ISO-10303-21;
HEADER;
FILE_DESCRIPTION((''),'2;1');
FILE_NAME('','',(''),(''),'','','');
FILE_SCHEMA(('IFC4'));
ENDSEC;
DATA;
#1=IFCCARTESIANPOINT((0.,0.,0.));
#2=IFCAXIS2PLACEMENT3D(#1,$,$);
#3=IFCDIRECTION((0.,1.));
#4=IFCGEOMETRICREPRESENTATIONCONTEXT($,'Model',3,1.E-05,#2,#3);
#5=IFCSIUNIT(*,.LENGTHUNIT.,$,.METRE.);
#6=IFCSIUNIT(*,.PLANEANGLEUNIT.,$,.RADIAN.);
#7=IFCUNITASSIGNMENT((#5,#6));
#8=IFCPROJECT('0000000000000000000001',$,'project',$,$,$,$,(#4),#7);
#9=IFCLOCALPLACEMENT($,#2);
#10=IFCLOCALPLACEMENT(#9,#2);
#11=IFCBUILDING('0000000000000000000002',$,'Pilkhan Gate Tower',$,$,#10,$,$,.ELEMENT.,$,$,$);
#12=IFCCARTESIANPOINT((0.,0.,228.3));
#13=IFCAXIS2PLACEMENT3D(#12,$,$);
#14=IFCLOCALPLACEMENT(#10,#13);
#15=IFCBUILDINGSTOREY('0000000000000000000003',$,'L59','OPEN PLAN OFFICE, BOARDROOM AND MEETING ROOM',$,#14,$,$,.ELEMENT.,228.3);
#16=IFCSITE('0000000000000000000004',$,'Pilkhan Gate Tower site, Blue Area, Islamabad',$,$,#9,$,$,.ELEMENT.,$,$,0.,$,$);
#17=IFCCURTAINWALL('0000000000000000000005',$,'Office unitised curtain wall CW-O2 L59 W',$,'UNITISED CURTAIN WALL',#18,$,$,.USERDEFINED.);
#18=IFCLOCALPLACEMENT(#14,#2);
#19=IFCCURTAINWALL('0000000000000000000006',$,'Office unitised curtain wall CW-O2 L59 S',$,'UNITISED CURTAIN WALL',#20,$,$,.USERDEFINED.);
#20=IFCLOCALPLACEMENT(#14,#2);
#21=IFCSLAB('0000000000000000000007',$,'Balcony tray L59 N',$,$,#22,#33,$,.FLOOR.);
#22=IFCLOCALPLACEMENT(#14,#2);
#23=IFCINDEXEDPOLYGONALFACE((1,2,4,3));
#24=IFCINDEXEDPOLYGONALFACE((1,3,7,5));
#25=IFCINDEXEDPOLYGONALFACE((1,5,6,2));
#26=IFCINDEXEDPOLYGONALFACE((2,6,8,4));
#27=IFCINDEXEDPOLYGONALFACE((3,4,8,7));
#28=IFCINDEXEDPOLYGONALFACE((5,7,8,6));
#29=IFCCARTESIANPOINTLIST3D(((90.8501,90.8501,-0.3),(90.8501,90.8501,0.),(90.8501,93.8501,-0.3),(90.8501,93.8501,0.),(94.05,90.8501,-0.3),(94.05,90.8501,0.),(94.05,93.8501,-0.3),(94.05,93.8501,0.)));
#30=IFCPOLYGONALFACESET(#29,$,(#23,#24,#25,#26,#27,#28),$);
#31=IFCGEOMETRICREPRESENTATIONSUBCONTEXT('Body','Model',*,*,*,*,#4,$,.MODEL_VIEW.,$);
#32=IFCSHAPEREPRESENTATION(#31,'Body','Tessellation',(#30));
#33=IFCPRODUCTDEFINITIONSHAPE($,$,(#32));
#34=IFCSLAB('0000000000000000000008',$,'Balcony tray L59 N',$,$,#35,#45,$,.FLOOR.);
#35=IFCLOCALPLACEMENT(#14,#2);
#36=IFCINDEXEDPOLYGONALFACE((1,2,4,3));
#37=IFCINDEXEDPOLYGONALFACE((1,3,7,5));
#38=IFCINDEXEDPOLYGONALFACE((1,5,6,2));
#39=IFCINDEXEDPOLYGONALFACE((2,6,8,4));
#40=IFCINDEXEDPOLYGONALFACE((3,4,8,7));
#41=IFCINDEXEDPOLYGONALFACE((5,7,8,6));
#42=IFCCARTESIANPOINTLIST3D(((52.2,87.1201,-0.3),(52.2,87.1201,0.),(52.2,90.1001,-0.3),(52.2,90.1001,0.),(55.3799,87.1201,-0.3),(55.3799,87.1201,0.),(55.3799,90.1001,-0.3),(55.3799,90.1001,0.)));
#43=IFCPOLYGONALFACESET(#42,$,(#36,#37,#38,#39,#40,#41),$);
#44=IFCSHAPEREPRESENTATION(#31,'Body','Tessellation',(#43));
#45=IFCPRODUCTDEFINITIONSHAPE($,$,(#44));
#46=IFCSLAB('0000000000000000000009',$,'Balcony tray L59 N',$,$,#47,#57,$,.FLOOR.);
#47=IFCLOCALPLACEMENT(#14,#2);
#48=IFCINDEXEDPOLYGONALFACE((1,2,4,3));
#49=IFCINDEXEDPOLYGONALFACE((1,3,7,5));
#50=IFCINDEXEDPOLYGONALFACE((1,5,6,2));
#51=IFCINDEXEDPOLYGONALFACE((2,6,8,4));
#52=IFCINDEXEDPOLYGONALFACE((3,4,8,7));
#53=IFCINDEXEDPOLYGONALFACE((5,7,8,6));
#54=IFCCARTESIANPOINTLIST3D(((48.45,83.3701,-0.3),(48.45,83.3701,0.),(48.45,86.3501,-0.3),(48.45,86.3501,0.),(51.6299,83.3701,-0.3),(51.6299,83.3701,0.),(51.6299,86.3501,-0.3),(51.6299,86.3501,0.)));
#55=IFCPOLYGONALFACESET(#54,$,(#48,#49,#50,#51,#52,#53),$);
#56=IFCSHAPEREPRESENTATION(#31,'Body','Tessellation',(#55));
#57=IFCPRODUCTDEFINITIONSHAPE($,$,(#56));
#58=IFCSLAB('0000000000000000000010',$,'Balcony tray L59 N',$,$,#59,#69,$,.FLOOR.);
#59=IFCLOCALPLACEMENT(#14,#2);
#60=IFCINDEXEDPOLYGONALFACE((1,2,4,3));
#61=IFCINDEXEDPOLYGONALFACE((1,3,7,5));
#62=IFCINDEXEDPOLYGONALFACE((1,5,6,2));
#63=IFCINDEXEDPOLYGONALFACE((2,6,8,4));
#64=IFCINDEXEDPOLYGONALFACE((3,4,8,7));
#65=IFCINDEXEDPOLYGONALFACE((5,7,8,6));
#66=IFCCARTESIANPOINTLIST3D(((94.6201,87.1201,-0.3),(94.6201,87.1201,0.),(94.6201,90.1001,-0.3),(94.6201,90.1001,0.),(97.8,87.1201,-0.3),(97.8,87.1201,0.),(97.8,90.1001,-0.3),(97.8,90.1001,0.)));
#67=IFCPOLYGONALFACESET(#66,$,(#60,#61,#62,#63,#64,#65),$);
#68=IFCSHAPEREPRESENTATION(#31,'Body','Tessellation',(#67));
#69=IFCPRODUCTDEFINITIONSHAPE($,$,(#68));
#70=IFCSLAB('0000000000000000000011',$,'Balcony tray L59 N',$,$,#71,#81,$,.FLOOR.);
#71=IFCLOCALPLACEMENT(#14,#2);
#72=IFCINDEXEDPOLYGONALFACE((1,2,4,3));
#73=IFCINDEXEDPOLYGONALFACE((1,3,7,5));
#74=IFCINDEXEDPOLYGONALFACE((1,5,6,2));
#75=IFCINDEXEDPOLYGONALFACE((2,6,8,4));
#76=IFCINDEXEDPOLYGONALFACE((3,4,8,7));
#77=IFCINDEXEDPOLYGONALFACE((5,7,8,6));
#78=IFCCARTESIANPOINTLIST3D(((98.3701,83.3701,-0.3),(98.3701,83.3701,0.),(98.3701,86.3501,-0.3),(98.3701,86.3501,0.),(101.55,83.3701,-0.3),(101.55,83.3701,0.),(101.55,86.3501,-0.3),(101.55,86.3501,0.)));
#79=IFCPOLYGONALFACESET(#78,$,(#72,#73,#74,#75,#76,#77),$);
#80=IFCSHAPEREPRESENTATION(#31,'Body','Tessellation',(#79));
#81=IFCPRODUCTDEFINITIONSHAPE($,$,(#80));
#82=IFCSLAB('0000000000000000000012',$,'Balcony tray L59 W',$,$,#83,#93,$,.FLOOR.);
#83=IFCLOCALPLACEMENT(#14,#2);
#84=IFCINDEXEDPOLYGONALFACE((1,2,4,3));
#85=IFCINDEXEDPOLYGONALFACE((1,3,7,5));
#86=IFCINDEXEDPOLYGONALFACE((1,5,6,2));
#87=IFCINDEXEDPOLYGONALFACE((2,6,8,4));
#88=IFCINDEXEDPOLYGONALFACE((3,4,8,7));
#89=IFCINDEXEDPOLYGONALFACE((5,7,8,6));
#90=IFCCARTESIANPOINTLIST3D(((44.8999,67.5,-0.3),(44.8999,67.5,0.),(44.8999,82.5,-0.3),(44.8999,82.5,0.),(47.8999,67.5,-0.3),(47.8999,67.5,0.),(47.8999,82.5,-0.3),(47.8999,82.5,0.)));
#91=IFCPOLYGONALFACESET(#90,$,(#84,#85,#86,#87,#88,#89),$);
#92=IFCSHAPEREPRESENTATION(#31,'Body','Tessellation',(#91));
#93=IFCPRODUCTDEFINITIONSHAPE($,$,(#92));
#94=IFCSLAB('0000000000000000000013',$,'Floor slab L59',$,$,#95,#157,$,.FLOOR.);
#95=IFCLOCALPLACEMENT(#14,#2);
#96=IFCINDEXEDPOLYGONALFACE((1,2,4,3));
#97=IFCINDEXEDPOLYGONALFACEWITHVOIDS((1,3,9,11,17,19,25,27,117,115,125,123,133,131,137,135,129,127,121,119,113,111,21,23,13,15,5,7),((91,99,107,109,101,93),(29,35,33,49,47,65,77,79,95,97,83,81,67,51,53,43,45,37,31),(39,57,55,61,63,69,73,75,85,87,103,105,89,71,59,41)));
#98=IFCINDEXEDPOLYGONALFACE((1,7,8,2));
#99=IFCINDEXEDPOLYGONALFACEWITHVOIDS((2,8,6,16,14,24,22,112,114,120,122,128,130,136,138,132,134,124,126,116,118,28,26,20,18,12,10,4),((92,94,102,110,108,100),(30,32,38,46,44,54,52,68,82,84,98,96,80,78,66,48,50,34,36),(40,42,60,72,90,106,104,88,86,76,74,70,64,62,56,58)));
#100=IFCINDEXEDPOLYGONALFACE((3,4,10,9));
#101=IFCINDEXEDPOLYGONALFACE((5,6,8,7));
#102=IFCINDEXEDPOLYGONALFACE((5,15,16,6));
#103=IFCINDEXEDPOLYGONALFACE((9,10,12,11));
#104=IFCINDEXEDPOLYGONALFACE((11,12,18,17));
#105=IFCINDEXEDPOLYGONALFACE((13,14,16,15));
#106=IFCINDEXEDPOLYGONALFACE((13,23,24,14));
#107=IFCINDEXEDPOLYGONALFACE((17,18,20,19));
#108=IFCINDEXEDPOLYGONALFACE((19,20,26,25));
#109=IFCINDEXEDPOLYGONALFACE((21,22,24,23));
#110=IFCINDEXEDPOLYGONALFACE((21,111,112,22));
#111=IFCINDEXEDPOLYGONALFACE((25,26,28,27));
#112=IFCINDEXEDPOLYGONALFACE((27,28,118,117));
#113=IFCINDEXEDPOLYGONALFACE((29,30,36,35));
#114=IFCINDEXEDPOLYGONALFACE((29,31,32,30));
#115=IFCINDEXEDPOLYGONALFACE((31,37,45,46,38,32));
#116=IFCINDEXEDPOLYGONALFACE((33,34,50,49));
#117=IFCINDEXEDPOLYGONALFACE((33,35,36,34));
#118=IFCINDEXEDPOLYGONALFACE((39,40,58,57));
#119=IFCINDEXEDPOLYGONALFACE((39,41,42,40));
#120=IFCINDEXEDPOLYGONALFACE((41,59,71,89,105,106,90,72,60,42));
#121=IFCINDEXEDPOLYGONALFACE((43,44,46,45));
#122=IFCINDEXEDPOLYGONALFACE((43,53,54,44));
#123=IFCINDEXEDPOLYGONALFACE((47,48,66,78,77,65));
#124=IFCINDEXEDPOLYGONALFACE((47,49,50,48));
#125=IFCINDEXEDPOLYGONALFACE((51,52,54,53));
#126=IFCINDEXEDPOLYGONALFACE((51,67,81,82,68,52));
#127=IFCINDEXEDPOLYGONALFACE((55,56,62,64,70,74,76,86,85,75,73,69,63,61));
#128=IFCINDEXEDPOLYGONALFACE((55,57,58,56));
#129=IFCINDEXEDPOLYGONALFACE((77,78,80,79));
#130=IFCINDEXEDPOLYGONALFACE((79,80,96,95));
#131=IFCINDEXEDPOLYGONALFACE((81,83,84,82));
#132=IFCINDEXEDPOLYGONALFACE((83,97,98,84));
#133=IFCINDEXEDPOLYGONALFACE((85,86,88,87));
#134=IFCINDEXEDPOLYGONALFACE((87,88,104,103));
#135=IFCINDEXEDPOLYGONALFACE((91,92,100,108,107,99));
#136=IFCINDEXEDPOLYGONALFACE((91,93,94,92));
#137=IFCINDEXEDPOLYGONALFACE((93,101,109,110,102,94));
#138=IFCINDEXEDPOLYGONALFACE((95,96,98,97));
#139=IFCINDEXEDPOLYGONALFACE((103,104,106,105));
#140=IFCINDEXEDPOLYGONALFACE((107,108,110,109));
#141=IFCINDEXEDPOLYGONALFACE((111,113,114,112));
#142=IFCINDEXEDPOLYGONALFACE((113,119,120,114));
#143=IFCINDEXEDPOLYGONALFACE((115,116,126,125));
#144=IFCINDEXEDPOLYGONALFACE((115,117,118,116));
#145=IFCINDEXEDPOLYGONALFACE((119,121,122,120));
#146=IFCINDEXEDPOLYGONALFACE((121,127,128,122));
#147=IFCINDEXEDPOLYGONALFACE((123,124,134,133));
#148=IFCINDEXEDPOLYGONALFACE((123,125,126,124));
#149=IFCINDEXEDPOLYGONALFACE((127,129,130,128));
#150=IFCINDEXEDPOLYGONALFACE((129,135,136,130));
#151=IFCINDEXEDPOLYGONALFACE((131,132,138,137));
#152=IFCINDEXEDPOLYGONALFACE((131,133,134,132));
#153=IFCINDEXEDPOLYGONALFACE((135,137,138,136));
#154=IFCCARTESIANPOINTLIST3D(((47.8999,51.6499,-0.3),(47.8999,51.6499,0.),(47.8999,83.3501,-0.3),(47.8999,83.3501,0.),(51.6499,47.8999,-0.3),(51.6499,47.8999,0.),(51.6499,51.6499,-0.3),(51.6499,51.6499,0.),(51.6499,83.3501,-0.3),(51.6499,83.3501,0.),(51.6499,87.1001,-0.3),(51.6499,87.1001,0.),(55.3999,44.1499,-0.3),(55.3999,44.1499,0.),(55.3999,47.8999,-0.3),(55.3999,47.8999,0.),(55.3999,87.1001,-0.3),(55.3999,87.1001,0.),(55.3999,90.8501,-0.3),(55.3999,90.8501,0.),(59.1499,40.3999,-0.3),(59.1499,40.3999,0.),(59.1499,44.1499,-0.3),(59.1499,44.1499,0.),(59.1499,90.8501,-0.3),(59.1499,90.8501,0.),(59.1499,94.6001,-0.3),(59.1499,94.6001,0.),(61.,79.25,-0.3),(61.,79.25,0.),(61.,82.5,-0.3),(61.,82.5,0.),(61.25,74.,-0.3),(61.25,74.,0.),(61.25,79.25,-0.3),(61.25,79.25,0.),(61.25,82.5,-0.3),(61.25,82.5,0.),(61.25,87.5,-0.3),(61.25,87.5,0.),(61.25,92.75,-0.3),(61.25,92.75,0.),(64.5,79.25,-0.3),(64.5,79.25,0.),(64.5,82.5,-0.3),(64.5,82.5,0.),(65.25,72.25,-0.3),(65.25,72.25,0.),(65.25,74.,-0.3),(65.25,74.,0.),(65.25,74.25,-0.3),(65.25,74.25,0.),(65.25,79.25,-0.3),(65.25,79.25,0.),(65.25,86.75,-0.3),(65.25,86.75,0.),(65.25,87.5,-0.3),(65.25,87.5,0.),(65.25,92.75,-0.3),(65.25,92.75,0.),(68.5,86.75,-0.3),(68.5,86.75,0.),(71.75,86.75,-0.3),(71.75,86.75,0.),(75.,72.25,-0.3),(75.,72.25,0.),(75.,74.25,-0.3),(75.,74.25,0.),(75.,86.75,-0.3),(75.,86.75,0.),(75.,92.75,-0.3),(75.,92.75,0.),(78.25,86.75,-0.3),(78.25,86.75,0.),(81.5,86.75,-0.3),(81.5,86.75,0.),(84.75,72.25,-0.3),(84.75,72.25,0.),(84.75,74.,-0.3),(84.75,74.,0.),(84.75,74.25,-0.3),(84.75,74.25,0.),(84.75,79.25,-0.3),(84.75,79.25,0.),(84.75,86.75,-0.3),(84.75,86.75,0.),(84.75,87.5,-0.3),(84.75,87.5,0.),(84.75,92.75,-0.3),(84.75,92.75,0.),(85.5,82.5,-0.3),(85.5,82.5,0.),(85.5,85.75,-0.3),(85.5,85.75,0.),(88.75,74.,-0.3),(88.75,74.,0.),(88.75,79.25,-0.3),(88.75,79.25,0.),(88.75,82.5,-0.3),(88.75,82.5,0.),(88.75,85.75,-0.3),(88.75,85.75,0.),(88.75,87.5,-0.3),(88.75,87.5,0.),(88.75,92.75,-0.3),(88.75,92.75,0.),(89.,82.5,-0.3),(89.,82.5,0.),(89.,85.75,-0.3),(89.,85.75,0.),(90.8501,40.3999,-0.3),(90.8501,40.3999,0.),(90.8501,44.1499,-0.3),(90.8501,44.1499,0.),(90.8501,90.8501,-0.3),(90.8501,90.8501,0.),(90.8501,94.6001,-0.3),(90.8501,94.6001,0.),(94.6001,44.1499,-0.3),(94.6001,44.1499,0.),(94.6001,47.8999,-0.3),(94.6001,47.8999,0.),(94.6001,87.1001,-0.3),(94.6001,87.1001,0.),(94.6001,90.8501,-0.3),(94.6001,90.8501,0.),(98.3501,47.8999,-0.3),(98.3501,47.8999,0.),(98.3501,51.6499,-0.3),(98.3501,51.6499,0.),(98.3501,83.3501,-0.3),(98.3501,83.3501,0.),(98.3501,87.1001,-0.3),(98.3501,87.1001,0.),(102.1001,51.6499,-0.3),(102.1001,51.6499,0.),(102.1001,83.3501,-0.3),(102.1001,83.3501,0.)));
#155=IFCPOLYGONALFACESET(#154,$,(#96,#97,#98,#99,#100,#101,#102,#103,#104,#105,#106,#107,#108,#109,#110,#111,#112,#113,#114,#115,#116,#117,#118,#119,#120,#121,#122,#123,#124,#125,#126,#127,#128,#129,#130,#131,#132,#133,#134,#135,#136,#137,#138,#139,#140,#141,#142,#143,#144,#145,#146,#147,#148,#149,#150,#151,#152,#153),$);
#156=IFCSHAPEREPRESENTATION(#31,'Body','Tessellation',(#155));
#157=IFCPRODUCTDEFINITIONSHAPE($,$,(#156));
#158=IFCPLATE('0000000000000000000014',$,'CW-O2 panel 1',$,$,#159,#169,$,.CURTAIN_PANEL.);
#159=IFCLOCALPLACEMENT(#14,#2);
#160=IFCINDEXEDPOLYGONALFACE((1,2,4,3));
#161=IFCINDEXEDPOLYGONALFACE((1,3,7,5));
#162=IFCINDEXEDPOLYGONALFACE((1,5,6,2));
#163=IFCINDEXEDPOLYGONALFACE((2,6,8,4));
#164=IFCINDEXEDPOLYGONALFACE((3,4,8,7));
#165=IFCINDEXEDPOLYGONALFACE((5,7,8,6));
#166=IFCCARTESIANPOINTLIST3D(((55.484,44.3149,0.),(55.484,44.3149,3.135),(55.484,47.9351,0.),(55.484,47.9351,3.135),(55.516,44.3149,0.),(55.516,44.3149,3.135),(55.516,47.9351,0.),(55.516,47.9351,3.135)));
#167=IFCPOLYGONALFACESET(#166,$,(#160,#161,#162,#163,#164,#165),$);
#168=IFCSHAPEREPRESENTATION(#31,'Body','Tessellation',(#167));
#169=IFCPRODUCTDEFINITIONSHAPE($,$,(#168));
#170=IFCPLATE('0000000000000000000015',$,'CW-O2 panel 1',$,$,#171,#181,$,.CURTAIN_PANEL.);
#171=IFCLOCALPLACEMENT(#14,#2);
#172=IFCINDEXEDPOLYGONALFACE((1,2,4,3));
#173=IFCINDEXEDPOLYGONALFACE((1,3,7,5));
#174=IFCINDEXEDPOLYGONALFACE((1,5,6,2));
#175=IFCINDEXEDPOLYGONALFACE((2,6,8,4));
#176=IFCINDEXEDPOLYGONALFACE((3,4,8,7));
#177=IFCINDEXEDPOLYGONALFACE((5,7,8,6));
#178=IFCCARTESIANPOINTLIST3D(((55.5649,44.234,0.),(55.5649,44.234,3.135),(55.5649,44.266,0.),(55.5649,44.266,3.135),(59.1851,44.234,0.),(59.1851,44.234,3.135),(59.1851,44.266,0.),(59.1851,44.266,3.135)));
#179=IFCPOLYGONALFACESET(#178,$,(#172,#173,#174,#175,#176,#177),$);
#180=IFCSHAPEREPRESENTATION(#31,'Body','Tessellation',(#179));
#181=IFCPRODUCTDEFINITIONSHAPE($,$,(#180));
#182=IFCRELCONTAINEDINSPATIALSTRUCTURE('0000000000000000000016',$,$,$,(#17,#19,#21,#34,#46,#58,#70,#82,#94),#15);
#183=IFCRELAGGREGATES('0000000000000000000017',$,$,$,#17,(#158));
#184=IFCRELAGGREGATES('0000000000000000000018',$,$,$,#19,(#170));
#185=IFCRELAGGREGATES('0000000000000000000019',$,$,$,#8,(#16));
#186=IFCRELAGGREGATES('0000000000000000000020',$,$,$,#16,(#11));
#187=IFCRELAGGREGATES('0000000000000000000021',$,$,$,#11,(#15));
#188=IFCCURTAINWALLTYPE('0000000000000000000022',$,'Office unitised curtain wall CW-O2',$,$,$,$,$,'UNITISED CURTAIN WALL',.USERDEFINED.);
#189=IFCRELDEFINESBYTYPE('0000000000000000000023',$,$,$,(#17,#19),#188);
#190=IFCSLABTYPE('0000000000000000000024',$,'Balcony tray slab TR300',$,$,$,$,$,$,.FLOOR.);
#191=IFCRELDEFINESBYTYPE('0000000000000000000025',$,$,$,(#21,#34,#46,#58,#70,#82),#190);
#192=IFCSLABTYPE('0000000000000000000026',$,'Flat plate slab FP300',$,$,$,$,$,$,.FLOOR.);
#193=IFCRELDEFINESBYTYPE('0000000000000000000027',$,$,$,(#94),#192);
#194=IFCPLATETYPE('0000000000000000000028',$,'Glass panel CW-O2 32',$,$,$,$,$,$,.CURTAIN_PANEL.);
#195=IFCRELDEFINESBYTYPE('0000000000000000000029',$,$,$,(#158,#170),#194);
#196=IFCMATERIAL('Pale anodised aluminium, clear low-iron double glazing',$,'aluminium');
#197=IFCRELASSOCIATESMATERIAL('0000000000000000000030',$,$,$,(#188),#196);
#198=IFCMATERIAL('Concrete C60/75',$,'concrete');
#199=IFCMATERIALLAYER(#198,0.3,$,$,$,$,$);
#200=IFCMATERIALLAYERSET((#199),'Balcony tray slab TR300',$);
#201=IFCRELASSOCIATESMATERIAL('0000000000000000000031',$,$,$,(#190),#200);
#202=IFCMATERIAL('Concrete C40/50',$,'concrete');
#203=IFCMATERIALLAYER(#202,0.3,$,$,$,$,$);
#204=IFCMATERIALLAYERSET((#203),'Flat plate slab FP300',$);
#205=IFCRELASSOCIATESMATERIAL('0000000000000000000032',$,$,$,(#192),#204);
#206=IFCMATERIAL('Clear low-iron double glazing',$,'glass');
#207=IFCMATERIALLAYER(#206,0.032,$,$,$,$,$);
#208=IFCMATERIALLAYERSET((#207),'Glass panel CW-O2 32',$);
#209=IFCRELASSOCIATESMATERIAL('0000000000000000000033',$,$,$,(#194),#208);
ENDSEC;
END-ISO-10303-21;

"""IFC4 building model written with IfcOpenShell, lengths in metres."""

from ifc_helpers import new_model, si_unit, direction, frame, origin, origin_2d, place, context, subcontext, project, spatial, polyline, rectangle, outline, extrude, material, layer, layer_set, type_object, element, aggregate, save


model = new_model("IFC4")

# Units and contexts
model_context = context("Model", 3, precision=1e-05, world=origin(), true_north=direction((0.0, 1.0)))
body_context = subcontext(model_context, "Body", "Model", "MODEL_VIEW")
ifc_project = project(units=[si_unit("LENGTHUNIT", "METRE"), si_unit("PLANEANGLEUNIT", "RADIAN")], contexts=[model_context])

# Site, building, storey
site_placement = place(None, origin())
site = spatial("IfcSite", under=ifc_project, at=site_placement, Name="Pilkhan Gate Tower site, Blue Area, Islamabad", CompositionType="ELEMENT", RefElevation=0.0)
building_placement = place(site_placement, origin())
building = spatial("IfcBuilding", under=site, at=building_placement, Name="Pilkhan Gate Tower", CompositionType="ELEMENT")
storey_placement = place(building_placement, frame((0.0, 0.0, 228.3)))
storey = spatial("IfcBuildingStorey", under=building, at=storey_placement, Name="L59", Description="OPEN PLAN OFFICE, BOARDROOM AND MEETING ROOM", CompositionType="ELEMENT", Elevation=228.3)

# Curtain wall
ifc_material_1 = material(Name="Pale anodised aluminium, clear low-iron double glazing", Category="aluminium")
curtain_wall_type = type_object("IfcCurtainWallType", Name="Office unitised curtain wall CW-O2", ElementType="UNITISED CURTAIN WALL", PredefinedType="USERDEFINED", material=ifc_material_1)
curtain_wall_1_placement = place(storey_placement, origin())
curtain_wall_1 = element("IfcCurtainWall", 1, at=curtain_wall_1_placement, inside=storey, type_object=curtain_wall_type, Name="Office unitised curtain wall CW-O2 L59 W", ObjectType="UNITISED CURTAIN WALL", PredefinedType="USERDEFINED")

# Curtain wall
curtain_wall_2_placement = place(storey_placement, origin())
curtain_wall_2 = element("IfcCurtainWall", 2, at=curtain_wall_2_placement, inside=storey, type_object=curtain_wall_type, Name="Office unitised curtain wall CW-O2 L59 S", ObjectType="UNITISED CURTAIN WALL", PredefinedType="USERDEFINED")

# Slabs
ifc_material_2 = material(Name="Concrete C60/75", Category="concrete")
ifc_layer_1 = layer(ifc_material_2, 0.3)
ifc_layer_set_1 = layer_set([ifc_layer_1], Name="Balcony tray slab TR300")
slab_type_1 = type_object("IfcSlabType", Name="Balcony tray slab TR300", PredefinedType="FLOOR", material=ifc_layer_set_1)
slab_1_placement = place(storey_placement, frame((0.0, 0.0, -0.3)))
element("IfcSlab", 3, at=slab_1_placement, inside=storey, type_object=slab_type_1, Name="Balcony tray L59 N", PredefinedType="FLOOR", context=body_context, shape_type="SweptSolid", body=[
    extrude(outline(polyline([(94.05, 90.8501), (94.05, 93.8501), (90.8501, 93.8501), (90.8501, 90.8501), (94.05, 90.8501)])), origin(), (0.0, 0.0, 1.0), 0.3),
])
slab_2_placement = place(storey_placement, frame((0.0, 0.0, -0.3)))
element("IfcSlab", 4, at=slab_2_placement, inside=storey, type_object=slab_type_1, Name="Balcony tray L59 N", PredefinedType="FLOOR", context=body_context, shape_type="SweptSolid", body=[
    extrude(outline(polyline([(55.3799, 87.1201), (55.3799, 90.1001), (52.2, 90.1001), (52.2, 87.1201), (55.3799, 87.1201)])), origin(), (0.0, 0.0, 1.0), 0.3),
])
slab_3_placement = place(storey_placement, frame((0.0, 0.0, -0.3)))
element("IfcSlab", 5, at=slab_3_placement, inside=storey, type_object=slab_type_1, Name="Balcony tray L59 N", PredefinedType="FLOOR", context=body_context, shape_type="SweptSolid", body=[
    extrude(outline(polyline([(51.6299, 83.3701), (51.6299, 86.3501), (48.45, 86.3501), (48.45, 83.3701), (51.6299, 83.3701)])), origin(), (0.0, 0.0, 1.0), 0.3),
])
slab_4_placement = place(storey_placement, frame((0.0, 0.0, -0.3)))
element("IfcSlab", 6, at=slab_4_placement, inside=storey, type_object=slab_type_1, Name="Balcony tray L59 N", PredefinedType="FLOOR", context=body_context, shape_type="SweptSolid", body=[
    extrude(outline(polyline([(97.8, 87.1201), (97.8, 90.1001), (94.6201, 90.1001), (94.6201, 87.1201), (97.8, 87.1201)])), origin(), (0.0, 0.0, 1.0), 0.3),
])
slab_5_placement = place(storey_placement, frame((0.0, 0.0, -0.3)))
element("IfcSlab", 7, at=slab_5_placement, inside=storey, type_object=slab_type_1, Name="Balcony tray L59 N", PredefinedType="FLOOR", context=body_context, shape_type="SweptSolid", body=[
    extrude(outline(polyline([(101.55, 83.3701), (101.55, 86.3501), (98.3701, 86.3501), (98.3701, 83.3701), (101.55, 83.3701)])), origin(), (0.0, 0.0, 1.0), 0.3),
])
slab_6_placement = place(storey_placement, frame((0.0, 0.0, -0.3)))
element("IfcSlab", 8, at=slab_6_placement, inside=storey, type_object=slab_type_1, Name="Balcony tray L59 W", PredefinedType="FLOOR", context=body_context, shape_type="SweptSolid", body=[
    extrude(outline(polyline([(47.8999, 67.5), (47.8999, 82.5), (44.8999, 82.5), (44.8999, 67.5), (47.8999, 67.5)])), origin(), (0.0, 0.0, 1.0), 0.3),
])
ifc_material_3 = material(Name="Concrete C40/50", Category="concrete")
ifc_layer_2 = layer(ifc_material_3, 0.3)
ifc_layer_set_2 = layer_set([ifc_layer_2], Name="Flat plate slab FP300")
slab_type_2 = type_object("IfcSlabType", Name="Flat plate slab FP300", PredefinedType="FLOOR", material=ifc_layer_set_2)
slab_7_placement = place(storey_placement, frame((0.0, 0.0, -0.3)))
element("IfcSlab", 9, at=slab_7_placement, inside=storey, type_object=slab_type_2, Name="Floor slab L59", PredefinedType="FLOOR", context=body_context, shape_type="SweptSolid", body=[
    extrude(outline(polyline([(98.3501, 47.8999), (94.6001, 47.8999), (94.6001, 44.1499), (90.8501, 44.1499), (90.8501, 40.3999), (59.1499, 40.3999), (59.1499, 44.1499), (55.3999, 44.1499), (55.3999, 47.8999), (51.6499, 47.8999), (51.6499, 51.6499), (47.8999, 51.6499), (47.8999, 83.3501), (51.6499, 83.3501), (51.6499, 87.1001), (55.3999, 87.1001), (55.3999, 90.8501), (59.1499, 90.8501), (59.1499, 94.6001), (90.8501, 94.6001), (90.8501, 90.8501), (94.6001, 90.8501), (94.6001, 87.1001), (98.3501, 87.1001), (98.3501, 83.3501), (102.1001, 83.3501), (102.1001, 51.6499), (98.3501, 51.6499), (98.3501, 47.8999)]), holes=[polyline([(75.0, 72.25), (84.75, 72.25), (84.75, 74.0), (88.75, 74.0), (88.75, 79.25), (84.75, 79.25), (84.75, 74.25), (75.0, 74.25), (65.25, 74.25), (65.25, 79.25), (64.5, 79.25), (64.5, 82.5), (61.25, 82.5), (61.0, 82.5), (61.0, 79.25), (61.25, 79.25), (61.25, 74.0), (65.25, 74.0), (65.25, 72.25), (75.0, 72.25)]), polyline([(68.5, 86.75), (71.75, 86.75), (75.0, 86.75), (78.25, 86.75), (81.5, 86.75), (84.75, 86.75), (84.75, 87.5), (88.75, 87.5), (88.75, 92.75), (84.75, 92.75), (75.0, 92.75), (65.25, 92.75), (61.25, 92.75), (61.25, 87.5), (65.25, 87.5), (65.25, 86.75), (68.5, 86.75)]), polyline([(85.5, 85.75), (85.5, 82.5), (88.75, 82.5), (89.0, 82.5), (89.0, 85.75), (88.75, 85.75), (85.5, 85.75)])]), origin(), (0.0, 0.0, 1.0), 0.3),
])

# Plates
ifc_material_4 = material(Name="Clear low-iron double glazing", Category="glass")
ifc_layer_3 = layer(ifc_material_4, 0.032)
ifc_layer_set_3 = layer_set([ifc_layer_3], Name="Glass panel CW-O2 32")
plate_type = type_object("IfcPlateType", Name="Glass panel CW-O2 32", PredefinedType="CURTAIN_PANEL", material=ifc_layer_set_3)
plate_1_placement = place(storey_placement, frame((55.5, 46.125, 0.0), z_axis=(0.0, 0.0, 1.0), x_axis=(0.0, 1.0, 0.0)))
plate_1 = element("IfcPlate", 10, at=plate_1_placement, type_object=plate_type, Name="CW-O2 panel 1", PredefinedType="CURTAIN_PANEL", context=body_context, shape_type="SweptSolid", body=[
    extrude(rectangle(XDim=3.6201, YDim=0.032, at=origin_2d()), origin(), (0.0, 0.0, 1.0), 3.135),
])
aggregate(curtain_wall_1, [plate_1])
plate_2_placement = place(storey_placement, frame((57.375, 44.25, 0.0), z_axis=(0.0, 0.0, 1.0), x_axis=(1.0, 0.0, 0.0)))
plate_2 = element("IfcPlate", 11, at=plate_2_placement, type_object=plate_type, Name="CW-O2 panel 1", PredefinedType="CURTAIN_PANEL", context=body_context, shape_type="SweptSolid", body=[
    extrude(rectangle(XDim=3.6201, YDim=0.032, at=origin_2d()), origin(), (0.0, 0.0, 1.0), 3.135),
])
aggregate(curtain_wall_2, [plate_2])

save(model, "model.ifc")
